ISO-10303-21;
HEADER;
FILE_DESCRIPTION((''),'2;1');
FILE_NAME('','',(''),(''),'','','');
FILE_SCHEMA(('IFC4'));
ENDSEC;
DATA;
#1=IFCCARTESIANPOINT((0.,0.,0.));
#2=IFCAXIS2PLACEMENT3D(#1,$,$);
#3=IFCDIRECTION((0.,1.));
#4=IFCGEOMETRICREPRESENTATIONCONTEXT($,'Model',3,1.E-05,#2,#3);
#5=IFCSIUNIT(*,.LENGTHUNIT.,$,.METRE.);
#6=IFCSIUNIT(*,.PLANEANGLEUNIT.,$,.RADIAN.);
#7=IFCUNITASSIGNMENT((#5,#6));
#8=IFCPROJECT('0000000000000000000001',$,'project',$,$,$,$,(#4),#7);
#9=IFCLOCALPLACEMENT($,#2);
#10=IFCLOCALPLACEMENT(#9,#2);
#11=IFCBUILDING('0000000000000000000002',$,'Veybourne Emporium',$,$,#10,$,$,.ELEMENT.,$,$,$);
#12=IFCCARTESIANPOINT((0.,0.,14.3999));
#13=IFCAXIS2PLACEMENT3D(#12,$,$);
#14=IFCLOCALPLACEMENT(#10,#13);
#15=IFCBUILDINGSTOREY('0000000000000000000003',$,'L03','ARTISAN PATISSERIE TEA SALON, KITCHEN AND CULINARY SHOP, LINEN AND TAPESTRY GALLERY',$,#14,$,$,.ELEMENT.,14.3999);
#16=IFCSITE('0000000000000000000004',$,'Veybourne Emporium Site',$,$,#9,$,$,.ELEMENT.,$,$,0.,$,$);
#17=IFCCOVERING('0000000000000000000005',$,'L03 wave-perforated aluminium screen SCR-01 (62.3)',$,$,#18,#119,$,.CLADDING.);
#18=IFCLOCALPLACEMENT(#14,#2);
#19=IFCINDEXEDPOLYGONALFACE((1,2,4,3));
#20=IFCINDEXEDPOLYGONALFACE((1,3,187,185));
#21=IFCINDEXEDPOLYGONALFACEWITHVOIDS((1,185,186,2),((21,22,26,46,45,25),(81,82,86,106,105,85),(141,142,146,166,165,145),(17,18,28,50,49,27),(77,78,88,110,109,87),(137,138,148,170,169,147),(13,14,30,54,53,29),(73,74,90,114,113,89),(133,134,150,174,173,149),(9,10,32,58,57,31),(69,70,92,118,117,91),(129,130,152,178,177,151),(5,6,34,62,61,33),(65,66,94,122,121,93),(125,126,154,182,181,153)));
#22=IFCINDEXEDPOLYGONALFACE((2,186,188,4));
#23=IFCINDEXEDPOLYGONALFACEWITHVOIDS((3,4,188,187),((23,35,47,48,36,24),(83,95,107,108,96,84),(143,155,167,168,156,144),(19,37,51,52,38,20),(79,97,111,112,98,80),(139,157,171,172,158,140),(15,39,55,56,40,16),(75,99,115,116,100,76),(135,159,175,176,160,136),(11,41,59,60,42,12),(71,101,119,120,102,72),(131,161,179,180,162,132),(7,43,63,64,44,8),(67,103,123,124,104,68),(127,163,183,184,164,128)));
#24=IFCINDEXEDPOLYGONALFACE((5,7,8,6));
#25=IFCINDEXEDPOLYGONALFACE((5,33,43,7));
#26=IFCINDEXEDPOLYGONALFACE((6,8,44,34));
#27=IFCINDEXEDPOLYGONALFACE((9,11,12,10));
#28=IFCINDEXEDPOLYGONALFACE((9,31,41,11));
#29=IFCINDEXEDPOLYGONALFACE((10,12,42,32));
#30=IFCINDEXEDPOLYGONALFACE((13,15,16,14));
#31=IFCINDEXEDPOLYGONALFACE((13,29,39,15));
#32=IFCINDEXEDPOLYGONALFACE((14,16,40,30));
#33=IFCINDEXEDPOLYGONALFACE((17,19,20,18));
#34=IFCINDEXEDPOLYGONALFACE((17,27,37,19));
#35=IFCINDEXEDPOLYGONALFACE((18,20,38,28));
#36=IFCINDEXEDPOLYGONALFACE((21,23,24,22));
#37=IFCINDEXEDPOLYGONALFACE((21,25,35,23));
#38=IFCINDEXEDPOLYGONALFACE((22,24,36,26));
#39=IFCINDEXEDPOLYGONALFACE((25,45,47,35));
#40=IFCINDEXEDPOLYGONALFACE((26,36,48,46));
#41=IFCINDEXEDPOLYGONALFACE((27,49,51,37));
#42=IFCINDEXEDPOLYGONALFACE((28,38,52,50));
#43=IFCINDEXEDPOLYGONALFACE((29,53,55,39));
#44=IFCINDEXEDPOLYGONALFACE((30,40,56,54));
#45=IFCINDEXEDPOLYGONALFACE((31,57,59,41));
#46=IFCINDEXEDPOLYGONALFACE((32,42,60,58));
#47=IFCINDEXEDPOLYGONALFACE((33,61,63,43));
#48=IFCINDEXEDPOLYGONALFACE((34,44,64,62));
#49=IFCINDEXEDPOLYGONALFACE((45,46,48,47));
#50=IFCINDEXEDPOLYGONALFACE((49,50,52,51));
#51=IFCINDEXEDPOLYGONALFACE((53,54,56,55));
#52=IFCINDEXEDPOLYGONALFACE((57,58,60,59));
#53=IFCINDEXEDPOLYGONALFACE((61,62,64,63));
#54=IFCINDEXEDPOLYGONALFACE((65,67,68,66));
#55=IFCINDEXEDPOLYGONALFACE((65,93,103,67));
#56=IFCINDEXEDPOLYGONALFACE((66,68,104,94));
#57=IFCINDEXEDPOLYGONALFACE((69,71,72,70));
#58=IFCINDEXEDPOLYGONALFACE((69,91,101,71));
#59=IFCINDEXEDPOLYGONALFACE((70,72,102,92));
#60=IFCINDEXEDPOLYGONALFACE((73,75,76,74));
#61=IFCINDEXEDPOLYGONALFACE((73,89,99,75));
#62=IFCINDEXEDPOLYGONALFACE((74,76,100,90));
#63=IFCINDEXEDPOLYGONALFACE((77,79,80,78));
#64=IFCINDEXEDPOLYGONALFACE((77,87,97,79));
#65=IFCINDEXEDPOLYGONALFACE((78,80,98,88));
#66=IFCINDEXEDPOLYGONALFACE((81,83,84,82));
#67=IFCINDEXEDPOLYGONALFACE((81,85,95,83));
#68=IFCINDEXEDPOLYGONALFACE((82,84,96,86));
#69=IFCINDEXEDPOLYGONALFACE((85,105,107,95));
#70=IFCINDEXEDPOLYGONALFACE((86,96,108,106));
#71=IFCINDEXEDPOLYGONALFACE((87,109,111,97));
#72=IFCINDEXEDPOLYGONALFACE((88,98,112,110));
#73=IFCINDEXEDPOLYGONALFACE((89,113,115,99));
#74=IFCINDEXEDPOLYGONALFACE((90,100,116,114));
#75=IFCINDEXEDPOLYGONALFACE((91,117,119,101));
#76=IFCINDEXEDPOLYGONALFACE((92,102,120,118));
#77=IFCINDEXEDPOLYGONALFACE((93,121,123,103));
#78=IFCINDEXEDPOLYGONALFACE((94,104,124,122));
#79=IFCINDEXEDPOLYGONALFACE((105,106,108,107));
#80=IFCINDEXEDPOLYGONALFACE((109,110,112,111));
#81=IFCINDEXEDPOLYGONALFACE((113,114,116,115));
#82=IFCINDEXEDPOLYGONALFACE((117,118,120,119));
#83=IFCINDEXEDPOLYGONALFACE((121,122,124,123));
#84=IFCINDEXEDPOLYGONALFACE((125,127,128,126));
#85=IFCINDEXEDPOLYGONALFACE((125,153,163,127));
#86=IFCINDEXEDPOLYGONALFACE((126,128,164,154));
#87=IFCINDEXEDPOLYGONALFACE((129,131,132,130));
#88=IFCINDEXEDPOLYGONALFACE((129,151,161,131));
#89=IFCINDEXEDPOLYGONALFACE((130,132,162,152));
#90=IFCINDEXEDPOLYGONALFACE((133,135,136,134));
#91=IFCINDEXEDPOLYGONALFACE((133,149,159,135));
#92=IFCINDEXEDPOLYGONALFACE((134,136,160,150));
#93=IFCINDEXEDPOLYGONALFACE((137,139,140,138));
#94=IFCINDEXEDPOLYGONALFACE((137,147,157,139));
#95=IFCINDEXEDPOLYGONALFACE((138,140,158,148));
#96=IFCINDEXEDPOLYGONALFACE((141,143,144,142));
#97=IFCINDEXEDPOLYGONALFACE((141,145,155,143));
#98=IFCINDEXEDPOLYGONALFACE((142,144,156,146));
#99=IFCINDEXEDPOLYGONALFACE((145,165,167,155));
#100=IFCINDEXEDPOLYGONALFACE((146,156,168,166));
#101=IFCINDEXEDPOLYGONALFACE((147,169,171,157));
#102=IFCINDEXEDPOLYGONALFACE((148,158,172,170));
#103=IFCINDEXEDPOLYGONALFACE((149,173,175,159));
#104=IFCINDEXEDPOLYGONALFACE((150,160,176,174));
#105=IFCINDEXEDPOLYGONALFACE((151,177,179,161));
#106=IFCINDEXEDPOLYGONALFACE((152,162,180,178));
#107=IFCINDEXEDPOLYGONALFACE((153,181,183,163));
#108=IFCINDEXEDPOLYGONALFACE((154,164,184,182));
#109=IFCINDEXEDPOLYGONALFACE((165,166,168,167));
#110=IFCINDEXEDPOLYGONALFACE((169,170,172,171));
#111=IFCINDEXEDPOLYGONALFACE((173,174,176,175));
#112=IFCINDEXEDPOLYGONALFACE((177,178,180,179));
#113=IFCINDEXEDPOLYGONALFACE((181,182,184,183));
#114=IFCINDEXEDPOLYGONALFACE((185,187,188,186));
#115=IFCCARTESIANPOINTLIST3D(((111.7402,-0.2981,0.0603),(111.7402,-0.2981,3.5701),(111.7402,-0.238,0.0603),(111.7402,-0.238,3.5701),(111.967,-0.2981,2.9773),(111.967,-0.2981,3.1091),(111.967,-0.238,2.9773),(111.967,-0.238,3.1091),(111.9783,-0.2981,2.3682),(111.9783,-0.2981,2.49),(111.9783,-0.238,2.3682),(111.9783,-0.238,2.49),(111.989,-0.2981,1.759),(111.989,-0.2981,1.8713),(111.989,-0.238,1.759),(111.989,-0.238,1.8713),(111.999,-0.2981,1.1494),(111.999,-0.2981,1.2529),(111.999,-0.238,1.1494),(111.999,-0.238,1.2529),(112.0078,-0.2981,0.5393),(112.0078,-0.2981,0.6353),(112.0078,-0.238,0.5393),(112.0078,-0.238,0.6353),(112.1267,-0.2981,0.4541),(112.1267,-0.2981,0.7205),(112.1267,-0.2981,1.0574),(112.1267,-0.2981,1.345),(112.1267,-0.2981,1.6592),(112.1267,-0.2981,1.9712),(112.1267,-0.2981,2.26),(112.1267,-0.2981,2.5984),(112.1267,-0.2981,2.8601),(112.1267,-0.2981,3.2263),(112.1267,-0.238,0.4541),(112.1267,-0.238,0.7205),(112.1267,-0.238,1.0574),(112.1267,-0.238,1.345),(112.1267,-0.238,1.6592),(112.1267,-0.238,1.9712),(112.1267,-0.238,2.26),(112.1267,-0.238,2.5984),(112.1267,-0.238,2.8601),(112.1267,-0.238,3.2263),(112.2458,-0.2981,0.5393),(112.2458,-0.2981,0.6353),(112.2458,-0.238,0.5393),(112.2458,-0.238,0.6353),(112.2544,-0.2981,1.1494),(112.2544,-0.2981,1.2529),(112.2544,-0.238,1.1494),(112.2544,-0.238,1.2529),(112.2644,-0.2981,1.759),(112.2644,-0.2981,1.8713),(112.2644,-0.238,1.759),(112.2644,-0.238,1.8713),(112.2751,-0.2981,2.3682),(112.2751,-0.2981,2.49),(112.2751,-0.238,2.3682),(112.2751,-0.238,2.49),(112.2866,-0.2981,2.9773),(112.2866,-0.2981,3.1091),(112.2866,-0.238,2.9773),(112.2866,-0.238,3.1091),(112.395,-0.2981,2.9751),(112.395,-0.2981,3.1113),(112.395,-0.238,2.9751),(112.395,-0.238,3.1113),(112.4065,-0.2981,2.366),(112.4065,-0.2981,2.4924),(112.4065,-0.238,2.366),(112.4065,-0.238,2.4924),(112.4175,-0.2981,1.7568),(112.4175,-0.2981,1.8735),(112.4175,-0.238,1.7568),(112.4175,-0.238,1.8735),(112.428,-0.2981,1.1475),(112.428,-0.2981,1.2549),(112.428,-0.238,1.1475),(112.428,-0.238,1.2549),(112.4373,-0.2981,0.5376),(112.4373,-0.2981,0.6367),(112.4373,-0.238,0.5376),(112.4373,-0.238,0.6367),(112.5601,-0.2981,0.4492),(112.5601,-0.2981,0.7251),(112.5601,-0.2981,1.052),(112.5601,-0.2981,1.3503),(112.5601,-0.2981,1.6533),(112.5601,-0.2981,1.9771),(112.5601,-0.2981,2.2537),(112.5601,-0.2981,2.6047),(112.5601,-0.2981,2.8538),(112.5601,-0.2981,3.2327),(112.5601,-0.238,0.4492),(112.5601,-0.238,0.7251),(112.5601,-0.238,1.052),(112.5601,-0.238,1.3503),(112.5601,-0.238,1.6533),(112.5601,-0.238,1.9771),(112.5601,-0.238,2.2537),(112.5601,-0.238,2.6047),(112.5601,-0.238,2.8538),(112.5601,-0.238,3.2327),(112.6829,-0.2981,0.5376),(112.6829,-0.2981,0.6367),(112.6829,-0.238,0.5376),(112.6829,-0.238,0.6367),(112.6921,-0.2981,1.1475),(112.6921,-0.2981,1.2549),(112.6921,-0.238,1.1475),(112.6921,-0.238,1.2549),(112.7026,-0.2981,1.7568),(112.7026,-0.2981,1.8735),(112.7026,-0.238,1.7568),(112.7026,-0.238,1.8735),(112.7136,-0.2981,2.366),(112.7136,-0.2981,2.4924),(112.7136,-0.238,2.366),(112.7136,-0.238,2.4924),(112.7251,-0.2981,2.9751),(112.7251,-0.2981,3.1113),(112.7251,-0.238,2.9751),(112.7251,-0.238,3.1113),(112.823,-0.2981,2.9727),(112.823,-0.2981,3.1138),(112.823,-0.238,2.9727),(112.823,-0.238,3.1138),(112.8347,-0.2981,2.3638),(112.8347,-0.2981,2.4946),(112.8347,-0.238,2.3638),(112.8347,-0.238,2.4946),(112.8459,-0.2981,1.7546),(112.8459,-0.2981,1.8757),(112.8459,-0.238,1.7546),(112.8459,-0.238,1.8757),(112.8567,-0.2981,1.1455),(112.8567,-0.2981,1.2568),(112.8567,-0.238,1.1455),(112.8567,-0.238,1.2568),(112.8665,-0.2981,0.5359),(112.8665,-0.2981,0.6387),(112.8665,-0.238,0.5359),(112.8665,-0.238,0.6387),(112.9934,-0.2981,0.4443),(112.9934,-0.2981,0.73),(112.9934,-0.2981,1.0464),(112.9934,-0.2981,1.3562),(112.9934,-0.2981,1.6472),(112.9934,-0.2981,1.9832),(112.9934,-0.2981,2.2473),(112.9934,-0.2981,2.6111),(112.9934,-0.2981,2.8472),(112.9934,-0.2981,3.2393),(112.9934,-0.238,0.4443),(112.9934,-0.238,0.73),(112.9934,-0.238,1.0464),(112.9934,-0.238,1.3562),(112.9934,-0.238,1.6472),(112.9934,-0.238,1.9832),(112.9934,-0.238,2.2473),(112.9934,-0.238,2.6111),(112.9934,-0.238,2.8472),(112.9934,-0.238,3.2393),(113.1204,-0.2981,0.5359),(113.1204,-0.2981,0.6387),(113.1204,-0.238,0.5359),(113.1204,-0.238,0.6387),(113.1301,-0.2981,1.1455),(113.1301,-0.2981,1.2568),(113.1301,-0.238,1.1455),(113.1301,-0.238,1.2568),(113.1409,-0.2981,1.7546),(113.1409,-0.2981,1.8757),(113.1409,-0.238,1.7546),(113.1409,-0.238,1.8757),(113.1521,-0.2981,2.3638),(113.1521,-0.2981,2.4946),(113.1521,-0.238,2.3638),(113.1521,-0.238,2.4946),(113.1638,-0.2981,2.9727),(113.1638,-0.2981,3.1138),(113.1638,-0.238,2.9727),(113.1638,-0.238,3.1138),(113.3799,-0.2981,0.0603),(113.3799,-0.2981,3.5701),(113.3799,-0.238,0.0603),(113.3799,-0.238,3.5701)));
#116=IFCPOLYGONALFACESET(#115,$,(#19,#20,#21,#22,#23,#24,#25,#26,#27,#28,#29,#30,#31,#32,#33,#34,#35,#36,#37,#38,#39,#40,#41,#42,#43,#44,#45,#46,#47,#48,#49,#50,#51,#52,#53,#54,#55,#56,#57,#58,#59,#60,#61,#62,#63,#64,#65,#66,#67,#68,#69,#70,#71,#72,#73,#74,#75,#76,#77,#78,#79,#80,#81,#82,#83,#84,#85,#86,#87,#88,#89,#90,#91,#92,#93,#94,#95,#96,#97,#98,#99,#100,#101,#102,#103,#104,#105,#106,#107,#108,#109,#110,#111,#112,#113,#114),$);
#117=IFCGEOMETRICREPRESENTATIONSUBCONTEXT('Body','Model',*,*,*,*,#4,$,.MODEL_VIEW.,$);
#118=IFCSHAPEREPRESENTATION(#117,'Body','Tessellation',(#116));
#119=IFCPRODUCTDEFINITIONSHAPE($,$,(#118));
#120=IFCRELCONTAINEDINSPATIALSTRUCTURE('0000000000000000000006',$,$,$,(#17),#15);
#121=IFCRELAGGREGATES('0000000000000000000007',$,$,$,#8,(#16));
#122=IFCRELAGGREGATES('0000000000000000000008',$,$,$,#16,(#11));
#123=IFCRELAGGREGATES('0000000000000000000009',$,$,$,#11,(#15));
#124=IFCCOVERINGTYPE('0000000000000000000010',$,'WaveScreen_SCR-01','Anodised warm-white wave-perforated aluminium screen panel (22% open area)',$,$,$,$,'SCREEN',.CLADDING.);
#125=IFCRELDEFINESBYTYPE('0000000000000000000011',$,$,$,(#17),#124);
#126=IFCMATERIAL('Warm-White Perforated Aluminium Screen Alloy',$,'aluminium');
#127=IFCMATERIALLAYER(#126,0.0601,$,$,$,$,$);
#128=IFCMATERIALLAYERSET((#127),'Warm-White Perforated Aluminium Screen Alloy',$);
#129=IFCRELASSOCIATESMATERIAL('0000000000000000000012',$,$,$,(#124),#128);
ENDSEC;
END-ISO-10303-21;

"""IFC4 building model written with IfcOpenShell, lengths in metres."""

from ifc_helpers import new_model, si_unit, direction, frame, origin, place, context, subcontext, project, spatial, polyline, outline, extrude, material, layer, layer_set, type_object, element, save


model = new_model("IFC4")

# Units and contexts
model_context = context("Model", 3, precision=1e-05, world=origin(), true_north=direction((0.0, 1.0)))
body_context = subcontext(model_context, "Body", "Model", "MODEL_VIEW")
ifc_project = project(units=[si_unit("LENGTHUNIT", "METRE"), si_unit("PLANEANGLEUNIT", "RADIAN")], contexts=[model_context])

# Site, building, storey
site_placement = place(None, origin())
site = spatial("IfcSite", under=ifc_project, at=site_placement, Name="Veybourne Emporium Site", CompositionType="ELEMENT", RefElevation=0.0)
building_placement = place(site_placement, origin())
building = spatial("IfcBuilding", under=site, at=building_placement, Name="Veybourne Emporium", CompositionType="ELEMENT")
storey_placement = place(building_placement, frame((0.0, 0.0, 14.3999)))
storey = spatial("IfcBuildingStorey", under=building, at=storey_placement, Name="L03", Description="ARTISAN PATISSERIE TEA SALON, KITCHEN AND CULINARY SHOP, LINEN AND TAPESTRY GALLERY", CompositionType="ELEMENT", Elevation=14.3999)

# Covering
ifc_material_1 = material(Name="Warm-White Perforated Aluminium Screen Alloy", Category="aluminium")
ifc_layer_1 = layer(ifc_material_1, 0.0601)
ifc_layer_set_1 = layer_set([ifc_layer_1], Name="Warm-White Perforated Aluminium Screen Alloy")
covering_type_1 = type_object("IfcCoveringType", Name="WaveScreen_SCR-01", Description="Anodised warm-white wave-perforated aluminium screen panel (22% open area)", ElementType="SCREEN", PredefinedType="CLADDING", material=ifc_layer_set_1)
covering_1_placement = place(storey_placement, frame((112.5601, -0.2981, 1.8152), z_axis=(0.0, 1.0, 0.0), x_axis=(-1.0, 0.0, 0.0)))
element("IfcCovering", 1, at=covering_1_placement, inside=storey, type_object=covering_type_1, Name="L03 wave-perforated aluminium screen SCR-01 (62.3)", PredefinedType="CLADDING", context=body_context, shape_type="SweptSolid", body=[
    extrude(outline(polyline([(-0.8198, -1.7549), (0.8198, -1.7549), (0.8198, 1.7549), (-0.8198, 1.7549), (-0.8198, -1.7549)]), holes=[polyline([(-0.4333, -1.0852), (-0.3064, -1.1765), (-0.3064, -1.2793), (-0.4333, -1.3708), (-0.5603, -1.2793), (-0.5603, -1.1765), (-0.4333, -1.0852)]), polyline([(-0.4333, -0.459), (-0.2966, -0.5583), (-0.2966, -0.6697), (-0.4333, -0.7688), (-0.5701, -0.6697), (-0.5701, -0.5583), (-0.4333, -0.459)]), polyline([(-0.4333, 0.168), (-0.2859, 0.0605), (-0.2859, -0.0605), (-0.4333, -0.168), (-0.5808, -0.0605), (-0.5808, 0.0605), (-0.4333, 0.168)]), polyline([(-0.4333, 0.7959), (-0.2747, 0.6794), (-0.2747, 0.5486), (-0.4333, 0.4321), (-0.592, 0.5486), (-0.592, 0.6794), (-0.4333, 0.7959)]), polyline([(-0.4333, 1.4241), (-0.2629, 1.2986), (-0.2629, 1.1575), (-0.4333, 1.032), (-0.6038, 1.1575), (-0.6038, 1.2986), (-0.4333, 1.4241)]), polyline([(0.0, -1.0901), (0.1228, -1.1785), (0.1228, -1.2776), (0.0, -1.366), (-0.1228, -1.2776), (-0.1228, -1.1785), (0.0, -1.0901)]), polyline([(0.0, -0.4648), (0.1321, -0.5603), (0.1321, -0.6677), (0.0, -0.7632), (-0.1321, -0.6677), (-0.1321, -0.5603), (0.0, -0.4648)]), polyline([(0.0, 0.1619), (0.1426, 0.0583), (0.1426, -0.0583), (0.0, -0.1619), (-0.1426, -0.0583), (-0.1426, 0.0583), (0.0, 0.1619)]), polyline([(0.0, 0.7896), (0.1536, 0.6772), (0.1536, 0.5508), (0.0, 0.4385), (-0.1536, 0.5508), (-0.1536, 0.6772), (0.0, 0.7896)]), polyline([(0.0, 1.4175), (0.165, 1.2961), (0.165, 1.1599), (0.0, 1.0386), (-0.165, 1.1599), (-0.165, 1.2961), (0.0, 1.4175)]), polyline([(0.4333, -1.0947), (0.5522, -1.1799), (0.5522, -1.2759), (0.4333, -1.3611), (0.3142, -1.2759), (0.3142, -1.1799), (0.4333, -1.0947)]), polyline([(0.4333, -0.4702), (0.561, -0.5623), (0.561, -0.6658), (0.4333, -0.7578), (0.3057, -0.6658), (0.3057, -0.5623), (0.4333, -0.4702)]), polyline([(0.4333, 0.156), (0.571, 0.0562), (0.571, -0.0562), (0.4333, -0.156), (0.2957, -0.0562), (0.2957, 0.0562), (0.4333, 0.156)]), polyline([(0.4333, 0.7832), (0.5818, 0.6748), (0.5818, 0.553), (0.4333, 0.4448), (0.2849, 0.553), (0.2849, 0.6748), (0.4333, 0.7832)]), polyline([(0.4333, 1.4111), (0.593, 1.2939), (0.593, 1.1621), (0.4333, 1.0449), (0.2734, 1.1621), (0.2734, 1.2939), (0.4333, 1.4111)])]), origin(), (0.0, 0.0, 1.0), 0.0601),
])

save(model, "model.ifc")
